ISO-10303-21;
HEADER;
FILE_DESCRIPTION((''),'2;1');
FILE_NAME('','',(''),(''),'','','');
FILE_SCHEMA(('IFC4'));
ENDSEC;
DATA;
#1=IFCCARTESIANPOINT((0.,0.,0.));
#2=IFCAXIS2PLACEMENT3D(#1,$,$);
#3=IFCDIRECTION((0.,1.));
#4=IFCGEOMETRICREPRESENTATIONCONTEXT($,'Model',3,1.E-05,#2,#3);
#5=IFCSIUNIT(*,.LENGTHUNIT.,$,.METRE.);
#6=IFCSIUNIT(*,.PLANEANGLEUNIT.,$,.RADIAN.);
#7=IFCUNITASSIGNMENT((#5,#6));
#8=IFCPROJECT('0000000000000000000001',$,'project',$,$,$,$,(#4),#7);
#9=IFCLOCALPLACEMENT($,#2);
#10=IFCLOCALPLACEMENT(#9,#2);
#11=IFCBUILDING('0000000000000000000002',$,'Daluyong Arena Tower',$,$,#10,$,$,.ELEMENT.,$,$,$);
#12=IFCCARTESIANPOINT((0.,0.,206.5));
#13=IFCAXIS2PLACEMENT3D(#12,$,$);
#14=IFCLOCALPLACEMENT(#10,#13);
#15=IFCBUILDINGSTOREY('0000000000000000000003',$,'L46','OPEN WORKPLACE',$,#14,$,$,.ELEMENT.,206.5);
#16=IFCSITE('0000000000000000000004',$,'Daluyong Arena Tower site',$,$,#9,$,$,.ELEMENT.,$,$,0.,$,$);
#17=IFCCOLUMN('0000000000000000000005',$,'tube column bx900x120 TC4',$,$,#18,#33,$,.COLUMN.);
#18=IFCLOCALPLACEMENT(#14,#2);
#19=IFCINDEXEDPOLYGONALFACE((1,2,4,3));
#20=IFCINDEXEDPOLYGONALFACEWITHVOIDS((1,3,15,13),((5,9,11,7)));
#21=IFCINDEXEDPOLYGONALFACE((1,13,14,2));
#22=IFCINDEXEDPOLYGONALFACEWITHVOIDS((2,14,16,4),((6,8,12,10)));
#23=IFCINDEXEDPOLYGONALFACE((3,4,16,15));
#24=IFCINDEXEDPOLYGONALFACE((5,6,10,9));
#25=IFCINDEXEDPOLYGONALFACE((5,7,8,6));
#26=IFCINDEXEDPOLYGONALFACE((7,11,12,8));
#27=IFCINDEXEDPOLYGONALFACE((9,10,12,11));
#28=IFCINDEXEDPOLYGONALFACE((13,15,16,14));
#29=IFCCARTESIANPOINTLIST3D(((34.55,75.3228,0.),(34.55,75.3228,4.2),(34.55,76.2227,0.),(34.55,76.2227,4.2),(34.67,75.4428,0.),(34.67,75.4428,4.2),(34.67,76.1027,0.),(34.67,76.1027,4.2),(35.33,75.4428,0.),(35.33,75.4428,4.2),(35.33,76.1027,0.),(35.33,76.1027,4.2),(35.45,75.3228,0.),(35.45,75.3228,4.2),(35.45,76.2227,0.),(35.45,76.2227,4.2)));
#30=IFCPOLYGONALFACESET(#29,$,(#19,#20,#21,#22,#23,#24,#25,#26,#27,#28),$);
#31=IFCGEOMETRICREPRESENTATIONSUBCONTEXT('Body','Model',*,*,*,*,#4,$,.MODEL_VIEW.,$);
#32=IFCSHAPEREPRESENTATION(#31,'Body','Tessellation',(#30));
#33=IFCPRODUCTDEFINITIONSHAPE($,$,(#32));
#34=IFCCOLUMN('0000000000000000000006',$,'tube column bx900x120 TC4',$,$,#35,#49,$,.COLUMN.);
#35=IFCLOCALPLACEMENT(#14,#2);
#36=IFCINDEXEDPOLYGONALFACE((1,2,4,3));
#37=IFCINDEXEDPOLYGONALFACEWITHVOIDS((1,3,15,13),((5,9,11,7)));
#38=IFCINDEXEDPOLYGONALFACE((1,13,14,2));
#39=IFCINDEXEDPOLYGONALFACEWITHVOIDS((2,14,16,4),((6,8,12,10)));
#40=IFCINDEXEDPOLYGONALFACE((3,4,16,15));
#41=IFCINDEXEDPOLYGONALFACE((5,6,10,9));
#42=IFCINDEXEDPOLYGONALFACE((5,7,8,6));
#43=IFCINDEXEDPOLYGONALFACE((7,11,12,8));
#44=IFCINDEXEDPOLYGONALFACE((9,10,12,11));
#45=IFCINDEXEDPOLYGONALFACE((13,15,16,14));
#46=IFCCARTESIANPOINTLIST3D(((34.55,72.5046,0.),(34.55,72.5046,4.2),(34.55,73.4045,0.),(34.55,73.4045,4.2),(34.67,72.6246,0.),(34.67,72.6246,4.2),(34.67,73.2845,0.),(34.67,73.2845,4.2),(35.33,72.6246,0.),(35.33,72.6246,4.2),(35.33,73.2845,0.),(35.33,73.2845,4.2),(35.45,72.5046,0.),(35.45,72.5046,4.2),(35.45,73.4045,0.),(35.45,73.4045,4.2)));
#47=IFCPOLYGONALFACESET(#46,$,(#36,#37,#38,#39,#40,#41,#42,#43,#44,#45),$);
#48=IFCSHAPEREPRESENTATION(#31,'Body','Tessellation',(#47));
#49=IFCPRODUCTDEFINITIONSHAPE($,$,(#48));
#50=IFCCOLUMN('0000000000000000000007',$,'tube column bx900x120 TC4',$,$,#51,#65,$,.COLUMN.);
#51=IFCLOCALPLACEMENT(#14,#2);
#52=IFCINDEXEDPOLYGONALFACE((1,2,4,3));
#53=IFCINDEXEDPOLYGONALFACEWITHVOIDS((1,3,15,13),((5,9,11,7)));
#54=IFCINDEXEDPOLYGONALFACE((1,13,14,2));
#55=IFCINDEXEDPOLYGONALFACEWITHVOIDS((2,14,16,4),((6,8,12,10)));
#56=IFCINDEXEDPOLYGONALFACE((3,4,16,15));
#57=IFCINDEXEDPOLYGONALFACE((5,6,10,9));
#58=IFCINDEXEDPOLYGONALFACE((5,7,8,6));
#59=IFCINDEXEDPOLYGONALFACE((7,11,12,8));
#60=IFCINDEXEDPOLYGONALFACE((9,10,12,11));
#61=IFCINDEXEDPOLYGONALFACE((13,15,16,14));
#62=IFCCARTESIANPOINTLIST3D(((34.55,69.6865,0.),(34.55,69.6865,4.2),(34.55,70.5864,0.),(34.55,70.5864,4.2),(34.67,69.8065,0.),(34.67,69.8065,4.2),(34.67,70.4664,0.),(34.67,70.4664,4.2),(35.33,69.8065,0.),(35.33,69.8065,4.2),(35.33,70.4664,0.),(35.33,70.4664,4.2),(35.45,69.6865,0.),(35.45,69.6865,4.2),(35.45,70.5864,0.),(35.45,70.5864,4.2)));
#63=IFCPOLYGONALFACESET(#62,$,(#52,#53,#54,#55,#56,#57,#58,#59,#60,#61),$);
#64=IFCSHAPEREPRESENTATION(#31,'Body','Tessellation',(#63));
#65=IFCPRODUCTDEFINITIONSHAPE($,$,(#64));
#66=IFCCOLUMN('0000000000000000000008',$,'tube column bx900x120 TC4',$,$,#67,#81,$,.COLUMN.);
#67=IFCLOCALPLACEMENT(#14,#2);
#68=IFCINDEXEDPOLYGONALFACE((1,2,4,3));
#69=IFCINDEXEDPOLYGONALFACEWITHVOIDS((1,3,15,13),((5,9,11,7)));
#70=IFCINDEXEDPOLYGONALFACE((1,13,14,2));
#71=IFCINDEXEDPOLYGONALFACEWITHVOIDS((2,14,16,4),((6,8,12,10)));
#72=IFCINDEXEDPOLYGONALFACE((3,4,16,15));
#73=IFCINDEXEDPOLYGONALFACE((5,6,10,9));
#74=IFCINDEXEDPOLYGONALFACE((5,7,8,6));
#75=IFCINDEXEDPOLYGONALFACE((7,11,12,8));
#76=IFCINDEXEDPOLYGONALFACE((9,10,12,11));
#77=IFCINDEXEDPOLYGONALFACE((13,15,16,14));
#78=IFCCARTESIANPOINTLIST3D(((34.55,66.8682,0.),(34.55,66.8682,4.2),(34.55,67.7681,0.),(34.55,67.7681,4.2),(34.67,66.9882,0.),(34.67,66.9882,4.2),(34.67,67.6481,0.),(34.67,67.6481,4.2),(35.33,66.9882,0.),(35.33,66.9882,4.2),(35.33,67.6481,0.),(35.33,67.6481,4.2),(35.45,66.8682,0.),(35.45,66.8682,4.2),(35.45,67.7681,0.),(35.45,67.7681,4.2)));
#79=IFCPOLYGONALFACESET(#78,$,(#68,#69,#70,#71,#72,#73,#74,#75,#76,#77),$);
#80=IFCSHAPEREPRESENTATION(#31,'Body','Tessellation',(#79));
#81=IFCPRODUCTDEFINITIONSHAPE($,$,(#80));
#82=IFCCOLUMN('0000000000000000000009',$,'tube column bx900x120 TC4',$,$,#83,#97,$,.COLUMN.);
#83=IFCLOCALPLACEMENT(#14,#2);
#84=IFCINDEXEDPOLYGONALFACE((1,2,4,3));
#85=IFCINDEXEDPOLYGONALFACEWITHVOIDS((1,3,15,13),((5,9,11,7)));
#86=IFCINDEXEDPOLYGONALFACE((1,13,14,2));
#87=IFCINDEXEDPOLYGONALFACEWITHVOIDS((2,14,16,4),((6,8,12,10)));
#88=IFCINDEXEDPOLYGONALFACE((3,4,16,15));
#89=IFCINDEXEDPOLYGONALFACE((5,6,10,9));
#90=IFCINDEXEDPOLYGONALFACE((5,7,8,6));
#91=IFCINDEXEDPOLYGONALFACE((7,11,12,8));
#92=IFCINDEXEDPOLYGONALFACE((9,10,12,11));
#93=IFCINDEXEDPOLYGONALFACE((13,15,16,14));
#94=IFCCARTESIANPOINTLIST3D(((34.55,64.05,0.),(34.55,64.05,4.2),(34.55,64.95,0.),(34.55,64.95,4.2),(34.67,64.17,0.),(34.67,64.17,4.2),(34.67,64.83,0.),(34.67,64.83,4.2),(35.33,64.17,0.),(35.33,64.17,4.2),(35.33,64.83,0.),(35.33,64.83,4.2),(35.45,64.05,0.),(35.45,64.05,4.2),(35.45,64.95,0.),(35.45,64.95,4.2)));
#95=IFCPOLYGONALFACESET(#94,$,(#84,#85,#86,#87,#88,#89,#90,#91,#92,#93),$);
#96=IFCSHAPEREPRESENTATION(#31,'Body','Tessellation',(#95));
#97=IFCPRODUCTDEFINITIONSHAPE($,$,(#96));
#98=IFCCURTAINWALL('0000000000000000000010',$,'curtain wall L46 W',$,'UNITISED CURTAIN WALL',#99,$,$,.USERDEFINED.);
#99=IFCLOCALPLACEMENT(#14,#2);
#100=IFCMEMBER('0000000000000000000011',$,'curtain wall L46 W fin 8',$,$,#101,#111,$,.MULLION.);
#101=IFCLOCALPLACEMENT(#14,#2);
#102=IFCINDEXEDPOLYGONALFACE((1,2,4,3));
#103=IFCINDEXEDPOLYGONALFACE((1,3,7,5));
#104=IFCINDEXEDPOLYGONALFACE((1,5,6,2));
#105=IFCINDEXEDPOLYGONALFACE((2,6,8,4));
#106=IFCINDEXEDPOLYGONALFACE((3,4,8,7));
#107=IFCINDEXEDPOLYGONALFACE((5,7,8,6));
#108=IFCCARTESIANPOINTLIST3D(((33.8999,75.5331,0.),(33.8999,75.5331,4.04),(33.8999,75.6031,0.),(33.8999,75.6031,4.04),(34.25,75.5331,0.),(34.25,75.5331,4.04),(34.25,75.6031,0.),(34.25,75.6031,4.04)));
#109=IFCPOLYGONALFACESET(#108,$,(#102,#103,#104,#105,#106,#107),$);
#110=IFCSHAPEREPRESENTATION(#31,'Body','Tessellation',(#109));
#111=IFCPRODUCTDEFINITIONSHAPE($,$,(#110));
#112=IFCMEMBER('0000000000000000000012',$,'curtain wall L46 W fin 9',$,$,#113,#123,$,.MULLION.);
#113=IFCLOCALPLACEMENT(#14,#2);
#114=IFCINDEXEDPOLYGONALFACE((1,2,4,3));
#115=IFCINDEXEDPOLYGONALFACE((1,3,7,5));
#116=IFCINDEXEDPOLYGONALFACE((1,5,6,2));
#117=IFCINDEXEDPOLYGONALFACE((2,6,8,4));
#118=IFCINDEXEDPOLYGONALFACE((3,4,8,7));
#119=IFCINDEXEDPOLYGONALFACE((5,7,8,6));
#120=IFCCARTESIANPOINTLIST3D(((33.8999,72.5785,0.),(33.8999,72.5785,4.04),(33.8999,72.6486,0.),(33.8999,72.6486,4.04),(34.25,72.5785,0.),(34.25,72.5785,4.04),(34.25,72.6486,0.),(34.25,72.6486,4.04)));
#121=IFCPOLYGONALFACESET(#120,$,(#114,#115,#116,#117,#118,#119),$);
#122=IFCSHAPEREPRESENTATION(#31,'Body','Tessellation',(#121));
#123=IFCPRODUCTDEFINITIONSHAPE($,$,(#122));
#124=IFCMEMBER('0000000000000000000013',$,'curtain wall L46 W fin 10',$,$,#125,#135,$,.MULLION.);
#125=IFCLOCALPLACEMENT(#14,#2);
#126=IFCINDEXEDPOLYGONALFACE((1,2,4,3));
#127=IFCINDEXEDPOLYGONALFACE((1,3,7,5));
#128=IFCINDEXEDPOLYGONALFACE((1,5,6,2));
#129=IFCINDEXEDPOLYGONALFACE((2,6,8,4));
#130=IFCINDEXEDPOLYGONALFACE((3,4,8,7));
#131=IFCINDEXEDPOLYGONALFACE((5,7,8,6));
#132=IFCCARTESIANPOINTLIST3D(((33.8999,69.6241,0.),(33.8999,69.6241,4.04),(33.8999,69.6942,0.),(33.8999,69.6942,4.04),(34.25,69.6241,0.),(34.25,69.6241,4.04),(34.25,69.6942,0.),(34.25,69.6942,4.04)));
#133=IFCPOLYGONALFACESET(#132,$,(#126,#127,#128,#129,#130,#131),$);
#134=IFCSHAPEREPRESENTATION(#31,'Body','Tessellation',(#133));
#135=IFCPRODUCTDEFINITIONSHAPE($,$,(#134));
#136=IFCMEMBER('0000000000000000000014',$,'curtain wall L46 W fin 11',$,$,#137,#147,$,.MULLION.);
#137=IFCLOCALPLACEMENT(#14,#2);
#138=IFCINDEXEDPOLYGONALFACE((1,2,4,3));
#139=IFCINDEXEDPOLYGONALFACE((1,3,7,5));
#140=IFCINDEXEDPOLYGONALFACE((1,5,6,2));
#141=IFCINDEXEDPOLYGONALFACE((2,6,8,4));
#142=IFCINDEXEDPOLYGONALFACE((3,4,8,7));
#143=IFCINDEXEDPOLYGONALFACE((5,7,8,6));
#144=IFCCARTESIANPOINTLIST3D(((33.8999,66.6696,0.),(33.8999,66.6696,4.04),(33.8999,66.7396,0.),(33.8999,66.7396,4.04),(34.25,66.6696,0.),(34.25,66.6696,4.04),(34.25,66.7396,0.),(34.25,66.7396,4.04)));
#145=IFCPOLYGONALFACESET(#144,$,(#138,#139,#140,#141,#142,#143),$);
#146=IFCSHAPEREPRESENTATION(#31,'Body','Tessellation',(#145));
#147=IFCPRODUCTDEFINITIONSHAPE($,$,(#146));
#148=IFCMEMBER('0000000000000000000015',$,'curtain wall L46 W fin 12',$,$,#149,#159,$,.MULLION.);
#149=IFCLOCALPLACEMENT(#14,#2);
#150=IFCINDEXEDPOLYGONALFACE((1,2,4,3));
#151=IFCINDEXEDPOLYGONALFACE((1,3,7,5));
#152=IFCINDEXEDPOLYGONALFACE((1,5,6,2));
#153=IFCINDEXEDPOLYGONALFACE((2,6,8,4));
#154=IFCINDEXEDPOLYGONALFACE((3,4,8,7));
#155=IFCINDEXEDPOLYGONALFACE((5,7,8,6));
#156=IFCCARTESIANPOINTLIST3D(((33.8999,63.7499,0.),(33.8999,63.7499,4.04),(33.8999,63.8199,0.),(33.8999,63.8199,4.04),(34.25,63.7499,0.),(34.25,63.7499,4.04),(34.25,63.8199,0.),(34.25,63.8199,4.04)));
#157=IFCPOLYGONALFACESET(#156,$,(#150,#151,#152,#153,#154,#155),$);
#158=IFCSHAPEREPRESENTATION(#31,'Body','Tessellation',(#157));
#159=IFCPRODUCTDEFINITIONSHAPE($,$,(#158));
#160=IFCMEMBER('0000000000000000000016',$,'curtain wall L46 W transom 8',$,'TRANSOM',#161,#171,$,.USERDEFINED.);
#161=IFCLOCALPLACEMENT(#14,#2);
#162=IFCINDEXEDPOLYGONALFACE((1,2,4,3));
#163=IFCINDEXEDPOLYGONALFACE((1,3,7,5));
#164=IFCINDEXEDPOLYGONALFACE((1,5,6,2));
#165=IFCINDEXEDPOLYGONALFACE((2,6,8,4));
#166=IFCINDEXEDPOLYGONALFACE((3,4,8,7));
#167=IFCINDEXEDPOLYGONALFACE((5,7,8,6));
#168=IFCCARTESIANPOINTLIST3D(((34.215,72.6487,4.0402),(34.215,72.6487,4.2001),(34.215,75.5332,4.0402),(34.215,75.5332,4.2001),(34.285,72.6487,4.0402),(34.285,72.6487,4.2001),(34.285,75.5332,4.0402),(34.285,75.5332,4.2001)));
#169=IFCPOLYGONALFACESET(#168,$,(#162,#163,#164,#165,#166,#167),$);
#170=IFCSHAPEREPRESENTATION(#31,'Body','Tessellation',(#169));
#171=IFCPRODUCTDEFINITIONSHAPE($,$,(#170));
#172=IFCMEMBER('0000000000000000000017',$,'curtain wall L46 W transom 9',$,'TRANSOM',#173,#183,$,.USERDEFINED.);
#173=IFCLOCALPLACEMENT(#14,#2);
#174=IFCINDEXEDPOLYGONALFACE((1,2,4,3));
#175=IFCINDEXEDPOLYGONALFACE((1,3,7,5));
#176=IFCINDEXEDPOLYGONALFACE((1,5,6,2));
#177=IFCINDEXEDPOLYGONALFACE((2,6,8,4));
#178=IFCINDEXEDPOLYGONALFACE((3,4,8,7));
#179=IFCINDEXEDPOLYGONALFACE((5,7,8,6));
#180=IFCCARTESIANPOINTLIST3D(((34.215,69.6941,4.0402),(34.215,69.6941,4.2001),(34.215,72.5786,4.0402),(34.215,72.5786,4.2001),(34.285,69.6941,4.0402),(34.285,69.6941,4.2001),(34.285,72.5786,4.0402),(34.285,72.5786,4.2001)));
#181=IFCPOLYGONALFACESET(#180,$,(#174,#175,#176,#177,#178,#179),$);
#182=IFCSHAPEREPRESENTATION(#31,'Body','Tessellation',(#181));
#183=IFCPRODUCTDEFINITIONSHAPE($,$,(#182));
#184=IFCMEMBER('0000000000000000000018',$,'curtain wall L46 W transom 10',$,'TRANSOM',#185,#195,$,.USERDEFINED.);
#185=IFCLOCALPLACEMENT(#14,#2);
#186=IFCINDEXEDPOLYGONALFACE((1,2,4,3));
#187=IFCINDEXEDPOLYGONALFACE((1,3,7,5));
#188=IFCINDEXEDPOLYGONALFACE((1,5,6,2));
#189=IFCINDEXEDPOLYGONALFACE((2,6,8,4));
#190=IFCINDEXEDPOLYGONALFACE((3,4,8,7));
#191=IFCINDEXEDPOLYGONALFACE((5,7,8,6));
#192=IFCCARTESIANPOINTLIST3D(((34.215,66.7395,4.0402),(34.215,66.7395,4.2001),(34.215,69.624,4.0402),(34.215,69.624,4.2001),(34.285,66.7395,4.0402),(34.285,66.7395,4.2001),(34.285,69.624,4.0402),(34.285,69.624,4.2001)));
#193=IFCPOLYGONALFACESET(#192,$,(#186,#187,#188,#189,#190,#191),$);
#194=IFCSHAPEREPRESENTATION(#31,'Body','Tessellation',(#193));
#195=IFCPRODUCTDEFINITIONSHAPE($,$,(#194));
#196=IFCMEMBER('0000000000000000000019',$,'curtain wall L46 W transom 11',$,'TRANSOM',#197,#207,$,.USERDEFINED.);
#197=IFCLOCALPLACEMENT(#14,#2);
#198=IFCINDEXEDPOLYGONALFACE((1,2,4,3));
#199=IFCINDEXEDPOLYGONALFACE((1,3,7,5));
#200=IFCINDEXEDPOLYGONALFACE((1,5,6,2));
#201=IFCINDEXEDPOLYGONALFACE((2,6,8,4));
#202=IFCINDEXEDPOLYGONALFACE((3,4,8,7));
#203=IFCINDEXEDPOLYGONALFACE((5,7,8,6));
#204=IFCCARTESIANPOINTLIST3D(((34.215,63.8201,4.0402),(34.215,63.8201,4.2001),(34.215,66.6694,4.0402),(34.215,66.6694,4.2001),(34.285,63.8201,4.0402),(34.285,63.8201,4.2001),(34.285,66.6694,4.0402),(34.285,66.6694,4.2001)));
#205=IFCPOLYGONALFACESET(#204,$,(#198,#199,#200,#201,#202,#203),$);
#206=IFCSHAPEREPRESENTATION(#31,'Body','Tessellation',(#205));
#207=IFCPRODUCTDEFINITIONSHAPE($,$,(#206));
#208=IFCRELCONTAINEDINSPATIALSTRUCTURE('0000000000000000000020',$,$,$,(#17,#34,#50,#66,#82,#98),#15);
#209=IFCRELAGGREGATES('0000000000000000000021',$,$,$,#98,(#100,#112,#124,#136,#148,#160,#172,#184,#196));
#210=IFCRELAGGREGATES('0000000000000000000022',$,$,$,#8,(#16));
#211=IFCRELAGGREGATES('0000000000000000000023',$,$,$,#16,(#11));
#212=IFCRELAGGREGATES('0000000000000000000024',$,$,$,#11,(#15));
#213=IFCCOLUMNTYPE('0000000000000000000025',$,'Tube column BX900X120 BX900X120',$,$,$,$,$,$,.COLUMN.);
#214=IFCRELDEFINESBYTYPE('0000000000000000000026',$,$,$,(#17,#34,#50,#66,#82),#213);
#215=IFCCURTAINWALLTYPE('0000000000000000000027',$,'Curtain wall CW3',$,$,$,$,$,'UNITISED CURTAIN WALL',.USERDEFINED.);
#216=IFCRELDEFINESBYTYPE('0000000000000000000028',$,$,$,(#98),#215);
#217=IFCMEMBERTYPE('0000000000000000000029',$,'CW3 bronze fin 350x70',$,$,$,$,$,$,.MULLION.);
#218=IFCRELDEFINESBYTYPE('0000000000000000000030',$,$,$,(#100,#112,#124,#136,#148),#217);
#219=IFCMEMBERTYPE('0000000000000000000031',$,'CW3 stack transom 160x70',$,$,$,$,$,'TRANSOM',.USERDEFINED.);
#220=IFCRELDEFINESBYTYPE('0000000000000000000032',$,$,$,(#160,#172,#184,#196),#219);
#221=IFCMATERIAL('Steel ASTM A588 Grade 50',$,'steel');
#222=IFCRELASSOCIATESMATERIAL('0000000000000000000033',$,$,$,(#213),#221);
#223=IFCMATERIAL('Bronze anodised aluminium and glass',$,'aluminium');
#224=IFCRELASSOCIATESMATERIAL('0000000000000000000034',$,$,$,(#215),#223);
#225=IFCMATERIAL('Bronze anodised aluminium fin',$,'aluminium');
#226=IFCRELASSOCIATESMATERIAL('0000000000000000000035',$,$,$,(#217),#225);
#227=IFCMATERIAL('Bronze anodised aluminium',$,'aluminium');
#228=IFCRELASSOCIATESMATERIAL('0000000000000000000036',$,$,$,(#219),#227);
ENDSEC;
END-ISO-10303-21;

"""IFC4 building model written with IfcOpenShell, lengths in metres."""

from ifc_helpers import new_model, si_unit, direction, frame, origin, origin_2d, place, context, subcontext, project, spatial, rectangle, hollow_rectangle, extrude, material, material_profile, profile_set, type_object, element, aggregate, save


model = new_model("IFC4")

# Units and contexts
model_context = context("Model", 3, precision=1e-05, world=origin(), true_north=direction((0.0, 1.0)))
body_context = subcontext(model_context, "Body", "Model", "MODEL_VIEW")
ifc_project = project(units=[si_unit("LENGTHUNIT", "METRE"), si_unit("PLANEANGLEUNIT", "RADIAN")], contexts=[model_context])

# Site, building, storey
site_placement = place(None, origin())
site = spatial("IfcSite", under=ifc_project, at=site_placement, Name="Daluyong Arena Tower site", CompositionType="ELEMENT", RefElevation=0.0)
building_placement = place(site_placement, origin())
building = spatial("IfcBuilding", under=site, at=building_placement, Name="Daluyong Arena Tower", CompositionType="ELEMENT")
storey_placement = place(building_placement, frame((0.0, 0.0, 206.5)))
storey = spatial("IfcBuildingStorey", under=building, at=storey_placement, Name="L46", Description="OPEN WORKPLACE", CompositionType="ELEMENT", Elevation=206.5)

# Columns
ifc_material_1 = material(Name="Steel ASTM A588 Grade 50", Category="steel")
ifc_material_profile_1 = material_profile(ifc_material_1, hollow_rectangle(XDim=0.8999, YDim=0.8999, WallThickness=0.12, at=origin_2d()))
ifc_profile_set_1 = profile_set([ifc_material_profile_1], Name="Steel ASTM A588 Grade 50")
column_type = type_object("IfcColumnType", Name="Tube column BX900X120 BX900X120", PredefinedType="COLUMN", material=ifc_profile_set_1)
for number, where, z_axis, x_axis, name in (
    (1, (35.0, 75.7727, 0.0), (0.0, 0.0, 1.0), (0.0, 1.0, 0.0), "tube column bx900x120 TC4"),
    (2, (35.0, 72.9546, 0.0), (0.0, 0.0, 1.0), (0.0, 1.0, 0.0), "tube column bx900x120 TC4"),
    (3, (35.0, 70.1365, 0.0), (0.0, 0.0, 1.0), (0.0, 1.0, 0.0), "tube column bx900x120 TC4"),
    (4, (35.0, 67.3181, 0.0), (0.0, 0.0, 1.0), (0.0, 1.0, 0.0), "tube column bx900x120 TC4"),
    (5, (35.0, 64.5, 0.0), (0.0, 0.0, 1.0), (1.0, 0.0, 0.0), "tube column bx900x120 TC4"),
):
    element("IfcColumn", number, at=place(storey_placement, frame(where, z_axis=z_axis, x_axis=x_axis)), inside=storey, type_object=column_type, Name=name, PredefinedType="COLUMN", context=body_context, shape_type="SweptSolid", body=[
        extrude(hollow_rectangle(XDim=0.8999, YDim=0.8999, WallThickness=0.12, at=origin_2d()), origin(), (0.0, 0.0, 1.0), 4.2),
    ])

# Curtain wall, members
ifc_material_2 = material(Name="Bronze anodised aluminium and glass", Category="aluminium")
curtain_wall_type_1 = type_object("IfcCurtainWallType", Name="Curtain wall CW3", ElementType="UNITISED CURTAIN WALL", PredefinedType="USERDEFINED", material=ifc_material_2)
curtain_wall_1_placement = place(storey_placement, origin())
curtain_wall_1 = element("IfcCurtainWall", 6, at=curtain_wall_1_placement, inside=storey, type_object=curtain_wall_type_1, Name="curtain wall L46 W", ObjectType="UNITISED CURTAIN WALL", PredefinedType="USERDEFINED")
ifc_material_3 = material(Name="Bronze anodised aluminium fin", Category="aluminium")
ifc_material_profile_2 = material_profile(ifc_material_3, rectangle(XDim=0.3501, YDim=0.0701, at=origin_2d()))
ifc_profile_set_2 = profile_set([ifc_material_profile_2], Name="Bronze anodised aluminium fin")
member_type_1 = type_object("IfcMemberType", Name="CW3 bronze fin 350x70", PredefinedType="MULLION", material=ifc_profile_set_2)
member_1_placement = place(storey_placement, frame((34.075, 75.5681, 0.0), z_axis=(0.0, 0.0, 1.0), x_axis=(1.0, 0.0, 0.0)))
member_1 = element("IfcMember", 7, at=member_1_placement, type_object=member_type_1, Name="curtain wall L46 W fin 8", PredefinedType="MULLION", context=body_context, shape_type="SweptSolid", body=[
    extrude(rectangle(XDim=0.3501, YDim=0.0701, at=origin_2d()), origin(), (0.0, 0.0, 1.0), 4.04),
])
member_2_placement = place(storey_placement, frame((34.075, 72.6135, 0.0), z_axis=(0.0, 0.0, 1.0), x_axis=(1.0, 0.0, 0.0)))
member_2 = element("IfcMember", 8, at=member_2_placement, type_object=member_type_1, Name="curtain wall L46 W fin 9", PredefinedType="MULLION", context=body_context, shape_type="SweptSolid", body=[
    extrude(rectangle(XDim=0.3501, YDim=0.0701, at=origin_2d()), origin(), (0.0, 0.0, 1.0), 4.04),
])
member_3_placement = place(storey_placement, frame((34.075, 69.6592, 0.0), z_axis=(0.0, 0.0, 1.0), x_axis=(1.0, 0.0, 0.0)))
member_3 = element("IfcMember", 9, at=member_3_placement, type_object=member_type_1, Name="curtain wall L46 W fin 10", PredefinedType="MULLION", context=body_context, shape_type="SweptSolid", body=[
    extrude(rectangle(XDim=0.3501, YDim=0.0701, at=origin_2d()), origin(), (0.0, 0.0, 1.0), 4.04),
])
member_4_placement = place(storey_placement, frame((34.075, 66.7046, 0.0), z_axis=(0.0, 0.0, 1.0), x_axis=(1.0, 0.0, 0.0)))
member_4 = element("IfcMember", 10, at=member_4_placement, type_object=member_type_1, Name="curtain wall L46 W fin 11", PredefinedType="MULLION", context=body_context, shape_type="SweptSolid", body=[
    extrude(rectangle(XDim=0.3501, YDim=0.0701, at=origin_2d()), origin(), (0.0, 0.0, 1.0), 4.04),
])
member_5_placement = place(storey_placement, frame((34.075, 63.7849, 0.0), z_axis=(0.0, 0.0, 1.0), x_axis=(1.0, 0.0, 0.0)))
member_5 = element("IfcMember", 11, at=member_5_placement, type_object=member_type_1, Name="curtain wall L46 W fin 12", PredefinedType="MULLION", context=body_context, shape_type="SweptSolid", body=[
    extrude(rectangle(XDim=0.3501, YDim=0.0701, at=origin_2d()), origin(), (0.0, 0.0, 1.0), 4.04),
])
ifc_material_4 = material(Name="Bronze anodised aluminium", Category="aluminium")
ifc_material_profile_3 = material_profile(ifc_material_4, rectangle(XDim=0.0701, YDim=0.1599, at=origin_2d()))
ifc_profile_set_3 = profile_set([ifc_material_profile_3], Name="Bronze anodised aluminium")
member_type_2 = type_object("IfcMemberType", Name="CW3 stack transom 160x70", ElementType="TRANSOM", PredefinedType="USERDEFINED", material=ifc_profile_set_3)
member_6_placement = place(storey_placement, frame((34.25, 75.5332, 4.1201), z_axis=(0.0, -1.0, 0.0), x_axis=(1.0, 0.0, 0.0)))
member_6 = element("IfcMember", 12, at=member_6_placement, type_object=member_type_2, Name="curtain wall L46 W transom 8", ObjectType="TRANSOM", PredefinedType="USERDEFINED", context=body_context, shape_type="SweptSolid", body=[
    extrude(rectangle(XDim=0.0701, YDim=0.1599, at=origin_2d()), origin(), (0.0, 0.0, 1.0), 2.8845),
])
member_7_placement = place(storey_placement, frame((34.25, 72.5786, 4.1201), z_axis=(0.0, -1.0, 0.0), x_axis=(1.0, 0.0, 0.0)))
member_7 = element("IfcMember", 13, at=member_7_placement, type_object=member_type_2, Name="curtain wall L46 W transom 9", ObjectType="TRANSOM", PredefinedType="USERDEFINED", context=body_context, shape_type="SweptSolid", body=[
    extrude(rectangle(XDim=0.0701, YDim=0.1599, at=origin_2d()), origin(), (0.0, 0.0, 1.0), 2.8845),
])
member_8_placement = place(storey_placement, frame((34.25, 69.624, 4.1201), z_axis=(0.0, -1.0, 0.0), x_axis=(1.0, 0.0, 0.0)))
member_8 = element("IfcMember", 14, at=member_8_placement, type_object=member_type_2, Name="curtain wall L46 W transom 10", ObjectType="TRANSOM", PredefinedType="USERDEFINED", context=body_context, shape_type="SweptSolid", body=[
    extrude(rectangle(XDim=0.0701, YDim=0.1599, at=origin_2d()), origin(), (0.0, 0.0, 1.0), 2.8845),
])
member_9_placement = place(storey_placement, frame((34.25, 66.6694, 4.1201), z_axis=(0.0, -1.0, 0.0), x_axis=(1.0, 0.0, 0.0)))
member_9 = element("IfcMember", 15, at=member_9_placement, type_object=member_type_2, Name="curtain wall L46 W transom 11", ObjectType="TRANSOM", PredefinedType="USERDEFINED", context=body_context, shape_type="SweptSolid", body=[
    extrude(rectangle(XDim=0.0701, YDim=0.1599, at=origin_2d()), origin(), (0.0, 0.0, 1.0), 2.8494),
])

aggregate(curtain_wall_1, [member_1, member_2, member_3, member_4, member_5, member_6, member_7, member_8, member_9])

save(model, "model.ifc")
